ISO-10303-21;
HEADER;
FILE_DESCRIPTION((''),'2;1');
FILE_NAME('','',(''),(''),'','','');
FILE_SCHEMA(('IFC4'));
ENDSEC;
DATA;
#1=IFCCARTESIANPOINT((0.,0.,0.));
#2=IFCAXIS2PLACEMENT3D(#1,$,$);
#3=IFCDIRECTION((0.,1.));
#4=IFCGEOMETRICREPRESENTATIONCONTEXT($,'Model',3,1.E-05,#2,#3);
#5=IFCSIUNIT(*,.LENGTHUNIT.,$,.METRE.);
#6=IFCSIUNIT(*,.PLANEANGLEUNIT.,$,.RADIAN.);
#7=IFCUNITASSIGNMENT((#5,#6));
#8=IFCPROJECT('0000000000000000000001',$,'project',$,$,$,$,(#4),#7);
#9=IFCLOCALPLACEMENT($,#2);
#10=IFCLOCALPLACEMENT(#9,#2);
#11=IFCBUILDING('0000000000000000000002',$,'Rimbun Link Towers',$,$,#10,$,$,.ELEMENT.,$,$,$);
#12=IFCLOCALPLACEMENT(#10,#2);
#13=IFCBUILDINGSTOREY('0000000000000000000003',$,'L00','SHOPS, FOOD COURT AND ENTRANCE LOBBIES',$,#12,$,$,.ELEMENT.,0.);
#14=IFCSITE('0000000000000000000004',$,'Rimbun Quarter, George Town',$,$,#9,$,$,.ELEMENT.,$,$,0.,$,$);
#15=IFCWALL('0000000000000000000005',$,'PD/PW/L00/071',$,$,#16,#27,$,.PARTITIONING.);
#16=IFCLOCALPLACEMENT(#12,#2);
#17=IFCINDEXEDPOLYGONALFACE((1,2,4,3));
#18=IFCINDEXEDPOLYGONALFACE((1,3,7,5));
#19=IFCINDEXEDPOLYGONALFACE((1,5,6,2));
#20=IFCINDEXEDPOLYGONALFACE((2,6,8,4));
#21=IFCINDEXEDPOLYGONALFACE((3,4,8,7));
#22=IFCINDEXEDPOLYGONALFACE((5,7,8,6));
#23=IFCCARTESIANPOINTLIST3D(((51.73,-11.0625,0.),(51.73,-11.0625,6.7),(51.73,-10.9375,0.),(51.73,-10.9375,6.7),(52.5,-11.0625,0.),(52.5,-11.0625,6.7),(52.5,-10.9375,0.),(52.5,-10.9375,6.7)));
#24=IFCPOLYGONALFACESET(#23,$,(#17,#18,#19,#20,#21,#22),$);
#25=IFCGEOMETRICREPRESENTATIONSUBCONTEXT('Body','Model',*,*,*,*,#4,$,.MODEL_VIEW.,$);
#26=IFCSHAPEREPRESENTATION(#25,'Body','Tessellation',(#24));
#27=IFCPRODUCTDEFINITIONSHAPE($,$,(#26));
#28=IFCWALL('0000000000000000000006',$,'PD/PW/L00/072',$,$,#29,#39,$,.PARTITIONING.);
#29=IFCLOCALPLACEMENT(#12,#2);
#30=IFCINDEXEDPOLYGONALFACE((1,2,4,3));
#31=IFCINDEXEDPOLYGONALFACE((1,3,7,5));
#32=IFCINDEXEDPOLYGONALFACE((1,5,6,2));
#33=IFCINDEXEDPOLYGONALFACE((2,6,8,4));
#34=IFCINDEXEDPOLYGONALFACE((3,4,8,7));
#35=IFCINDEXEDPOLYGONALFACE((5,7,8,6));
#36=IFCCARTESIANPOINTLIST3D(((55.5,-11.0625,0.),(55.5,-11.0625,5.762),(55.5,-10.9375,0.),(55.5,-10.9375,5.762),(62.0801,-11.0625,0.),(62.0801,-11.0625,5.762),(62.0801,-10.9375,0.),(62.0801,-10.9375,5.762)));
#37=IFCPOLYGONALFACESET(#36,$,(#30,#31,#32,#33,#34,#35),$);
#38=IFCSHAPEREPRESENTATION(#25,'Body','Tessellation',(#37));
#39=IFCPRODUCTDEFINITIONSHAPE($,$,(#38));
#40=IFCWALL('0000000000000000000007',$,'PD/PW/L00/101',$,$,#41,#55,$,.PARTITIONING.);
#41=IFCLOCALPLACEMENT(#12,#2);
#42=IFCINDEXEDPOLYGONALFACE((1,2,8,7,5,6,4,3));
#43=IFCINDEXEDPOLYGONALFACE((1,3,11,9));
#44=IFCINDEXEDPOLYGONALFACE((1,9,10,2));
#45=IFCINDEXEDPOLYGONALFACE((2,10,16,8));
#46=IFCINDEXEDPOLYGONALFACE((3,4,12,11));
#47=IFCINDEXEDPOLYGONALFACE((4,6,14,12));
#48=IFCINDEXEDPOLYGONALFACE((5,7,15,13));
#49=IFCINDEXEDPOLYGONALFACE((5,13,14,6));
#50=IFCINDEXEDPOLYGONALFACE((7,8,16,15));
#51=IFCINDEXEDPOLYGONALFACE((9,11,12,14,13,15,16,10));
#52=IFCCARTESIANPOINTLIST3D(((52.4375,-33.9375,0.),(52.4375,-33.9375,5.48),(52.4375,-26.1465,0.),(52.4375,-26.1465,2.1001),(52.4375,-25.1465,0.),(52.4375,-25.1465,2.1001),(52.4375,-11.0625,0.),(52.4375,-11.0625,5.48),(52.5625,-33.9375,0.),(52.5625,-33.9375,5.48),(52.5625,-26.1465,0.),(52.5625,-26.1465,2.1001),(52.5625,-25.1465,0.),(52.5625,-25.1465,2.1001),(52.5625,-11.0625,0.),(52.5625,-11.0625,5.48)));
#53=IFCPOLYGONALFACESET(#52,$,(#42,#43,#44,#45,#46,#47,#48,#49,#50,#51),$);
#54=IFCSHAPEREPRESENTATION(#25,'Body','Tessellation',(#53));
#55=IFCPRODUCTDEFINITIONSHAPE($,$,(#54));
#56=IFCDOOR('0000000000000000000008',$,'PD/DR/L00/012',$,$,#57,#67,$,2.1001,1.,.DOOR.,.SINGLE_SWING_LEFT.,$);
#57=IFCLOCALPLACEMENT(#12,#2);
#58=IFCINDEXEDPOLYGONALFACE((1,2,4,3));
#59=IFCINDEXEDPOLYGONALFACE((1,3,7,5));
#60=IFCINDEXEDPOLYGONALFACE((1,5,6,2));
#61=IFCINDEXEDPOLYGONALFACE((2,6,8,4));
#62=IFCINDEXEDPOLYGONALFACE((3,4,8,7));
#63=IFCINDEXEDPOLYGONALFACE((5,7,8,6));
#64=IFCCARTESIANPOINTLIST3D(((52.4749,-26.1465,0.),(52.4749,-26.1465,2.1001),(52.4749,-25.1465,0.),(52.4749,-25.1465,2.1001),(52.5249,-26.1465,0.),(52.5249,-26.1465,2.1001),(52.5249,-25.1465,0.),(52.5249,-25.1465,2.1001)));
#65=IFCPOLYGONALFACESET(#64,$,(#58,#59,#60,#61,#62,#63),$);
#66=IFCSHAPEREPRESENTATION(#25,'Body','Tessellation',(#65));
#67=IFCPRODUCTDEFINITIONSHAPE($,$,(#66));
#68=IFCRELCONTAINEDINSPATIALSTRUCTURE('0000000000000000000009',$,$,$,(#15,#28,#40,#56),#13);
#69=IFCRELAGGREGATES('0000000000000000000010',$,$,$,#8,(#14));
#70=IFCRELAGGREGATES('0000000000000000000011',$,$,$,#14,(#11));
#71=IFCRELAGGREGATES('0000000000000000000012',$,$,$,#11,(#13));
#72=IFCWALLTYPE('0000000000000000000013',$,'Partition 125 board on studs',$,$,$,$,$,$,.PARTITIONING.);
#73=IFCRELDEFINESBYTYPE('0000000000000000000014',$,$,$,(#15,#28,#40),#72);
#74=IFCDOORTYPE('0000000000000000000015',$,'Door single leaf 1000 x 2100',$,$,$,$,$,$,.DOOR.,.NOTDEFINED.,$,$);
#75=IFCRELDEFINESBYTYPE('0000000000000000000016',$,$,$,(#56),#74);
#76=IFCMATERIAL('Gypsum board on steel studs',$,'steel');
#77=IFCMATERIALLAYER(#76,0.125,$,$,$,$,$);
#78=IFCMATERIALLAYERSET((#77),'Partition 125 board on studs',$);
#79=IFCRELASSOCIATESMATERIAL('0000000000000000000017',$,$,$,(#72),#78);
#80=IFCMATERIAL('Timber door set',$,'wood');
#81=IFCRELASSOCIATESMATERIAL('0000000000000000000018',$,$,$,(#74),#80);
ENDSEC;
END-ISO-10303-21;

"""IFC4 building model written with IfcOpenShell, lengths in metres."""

from ifc_helpers import new_model, si_unit, direction, frame, frame_2d, origin, place, context, subcontext, project, spatial, rectangle, extrude, material, layer, layer_set, type_object, element, fill, save


model = new_model("IFC4")

# Units and contexts
model_context = context("Model", 3, precision=1e-05, world=origin(), true_north=direction((0.0, 1.0)))
body_context = subcontext(model_context, "Body", "Model", "MODEL_VIEW")
ifc_project = project(units=[si_unit("LENGTHUNIT", "METRE"), si_unit("PLANEANGLEUNIT", "RADIAN")], contexts=[model_context])

# Site, building, storey
site_placement = place(None, origin())
site = spatial("IfcSite", under=ifc_project, at=site_placement, Name="Rimbun Quarter, George Town", CompositionType="ELEMENT", RefElevation=0.0)
building_placement = place(site_placement, origin())
building = spatial("IfcBuilding", under=site, at=building_placement, Name="Rimbun Link Towers", CompositionType="ELEMENT")
storey_placement = place(building_placement, origin())
storey = spatial("IfcBuildingStorey", under=building, at=storey_placement, Name="L00", Description="SHOPS, FOOD COURT AND ENTRANCE LOBBIES", CompositionType="ELEMENT", Elevation=0.0)

# Walls
ifc_material_1 = material(Name="Gypsum board on steel studs", Category="steel")
ifc_layer_1 = layer(ifc_material_1, 0.125)
ifc_layer_set_1 = layer_set([ifc_layer_1], Name="Partition 125 board on studs")
wall_type = type_object("IfcWallType", Name="Partition 125 board on studs", PredefinedType="PARTITIONING", material=ifc_layer_set_1)
wall_1_placement = place(storey_placement, frame((51.73, -11.0, 0.0), z_axis=(0.0, 0.0, 1.0), x_axis=(1.0, 0.0, 0.0)))
element("IfcWall", 1, at=wall_1_placement, inside=storey, type_object=wall_type, Name="PD/PW/L00/071", PredefinedType="PARTITIONING", context=body_context, shape_type="SweptSolid", body=[
    extrude(rectangle(XDim=0.77, YDim=0.125, at=frame_2d((0.385, 0.0))), origin(), (0.0, 0.0, 1.0), 6.7),
])
wall_2_placement = place(storey_placement, frame((55.5, -11.0, 0.0), z_axis=(0.0, 0.0, 1.0), x_axis=(1.0, 0.0, 0.0)))
element("IfcWall", 2, at=wall_2_placement, inside=storey, type_object=wall_type, Name="PD/PW/L00/072", PredefinedType="PARTITIONING", context=body_context, shape_type="SweptSolid", body=[
    extrude(rectangle(XDim=6.5801, YDim=0.125, at=frame_2d((3.29, 0.0))), origin(), (0.0, 0.0, 1.0), 5.762),
])

# Wall, opening, door
wall_3_placement = place(storey_placement, frame((52.5, -11.0625, 0.0), z_axis=(0.0, 0.0, 1.0), x_axis=(0.0, -1.0, 0.0)))
wall_3 = element("IfcWall", 3, at=wall_3_placement, inside=storey, type_object=wall_type, Name="PD/PW/L00/101", PredefinedType="PARTITIONING", context=body_context, shape_type="SweptSolid", body=[
    extrude(rectangle(XDim=22.875, YDim=0.125, at=frame_2d((11.4375, 0.0))), origin(), (0.0, 0.0, 1.0), 5.48),
])
opening_placement = place(wall_3_placement, frame((14.084, 0.0, 0.0)))
opening = element("IfcOpeningElement", 4, at=opening_placement, cuts=wall_3, PredefinedType="OPENING", context=body_context, shape_type="SweptSolid", body=[
    extrude(rectangle(XDim=1.0, YDim=2.1001, at=frame_2d((0.5, 1.05))), frame((0.0, 0.0725, 0.0), z_axis=(0.0, -1.0, 0.0), x_axis=(1.0, 0.0, 0.0)), (0.0, 0.0, 1.0), 0.145),
])
ifc_material_2 = material(Name="Timber door set", Category="wood")
door_type = type_object("IfcDoorType", Name="Door single leaf 1000 x 2100", OperationType="NOTDEFINED", PredefinedType="DOOR", material=ifc_material_2)
door_placement = place(opening_placement, origin())
door = element("IfcDoor", 5, at=door_placement, inside=storey, type_object=door_type, Name="PD/DR/L00/012", OperationType="SINGLE_SWING_LEFT", OverallHeight=2.1001, OverallWidth=1.0, PredefinedType="DOOR", context=body_context, shape_type="SweptSolid", body=[
    extrude(rectangle(XDim=1.0, YDim=2.1001, at=frame_2d((0.5, 1.05))), frame((0.0, 0.0249, 0.0), z_axis=(0.0, -1.0, 0.0), x_axis=(1.0, 0.0, 0.0)), (0.0, 0.0, 1.0), 0.05),
])
fill(opening, door)

save(model, "model.ifc")
